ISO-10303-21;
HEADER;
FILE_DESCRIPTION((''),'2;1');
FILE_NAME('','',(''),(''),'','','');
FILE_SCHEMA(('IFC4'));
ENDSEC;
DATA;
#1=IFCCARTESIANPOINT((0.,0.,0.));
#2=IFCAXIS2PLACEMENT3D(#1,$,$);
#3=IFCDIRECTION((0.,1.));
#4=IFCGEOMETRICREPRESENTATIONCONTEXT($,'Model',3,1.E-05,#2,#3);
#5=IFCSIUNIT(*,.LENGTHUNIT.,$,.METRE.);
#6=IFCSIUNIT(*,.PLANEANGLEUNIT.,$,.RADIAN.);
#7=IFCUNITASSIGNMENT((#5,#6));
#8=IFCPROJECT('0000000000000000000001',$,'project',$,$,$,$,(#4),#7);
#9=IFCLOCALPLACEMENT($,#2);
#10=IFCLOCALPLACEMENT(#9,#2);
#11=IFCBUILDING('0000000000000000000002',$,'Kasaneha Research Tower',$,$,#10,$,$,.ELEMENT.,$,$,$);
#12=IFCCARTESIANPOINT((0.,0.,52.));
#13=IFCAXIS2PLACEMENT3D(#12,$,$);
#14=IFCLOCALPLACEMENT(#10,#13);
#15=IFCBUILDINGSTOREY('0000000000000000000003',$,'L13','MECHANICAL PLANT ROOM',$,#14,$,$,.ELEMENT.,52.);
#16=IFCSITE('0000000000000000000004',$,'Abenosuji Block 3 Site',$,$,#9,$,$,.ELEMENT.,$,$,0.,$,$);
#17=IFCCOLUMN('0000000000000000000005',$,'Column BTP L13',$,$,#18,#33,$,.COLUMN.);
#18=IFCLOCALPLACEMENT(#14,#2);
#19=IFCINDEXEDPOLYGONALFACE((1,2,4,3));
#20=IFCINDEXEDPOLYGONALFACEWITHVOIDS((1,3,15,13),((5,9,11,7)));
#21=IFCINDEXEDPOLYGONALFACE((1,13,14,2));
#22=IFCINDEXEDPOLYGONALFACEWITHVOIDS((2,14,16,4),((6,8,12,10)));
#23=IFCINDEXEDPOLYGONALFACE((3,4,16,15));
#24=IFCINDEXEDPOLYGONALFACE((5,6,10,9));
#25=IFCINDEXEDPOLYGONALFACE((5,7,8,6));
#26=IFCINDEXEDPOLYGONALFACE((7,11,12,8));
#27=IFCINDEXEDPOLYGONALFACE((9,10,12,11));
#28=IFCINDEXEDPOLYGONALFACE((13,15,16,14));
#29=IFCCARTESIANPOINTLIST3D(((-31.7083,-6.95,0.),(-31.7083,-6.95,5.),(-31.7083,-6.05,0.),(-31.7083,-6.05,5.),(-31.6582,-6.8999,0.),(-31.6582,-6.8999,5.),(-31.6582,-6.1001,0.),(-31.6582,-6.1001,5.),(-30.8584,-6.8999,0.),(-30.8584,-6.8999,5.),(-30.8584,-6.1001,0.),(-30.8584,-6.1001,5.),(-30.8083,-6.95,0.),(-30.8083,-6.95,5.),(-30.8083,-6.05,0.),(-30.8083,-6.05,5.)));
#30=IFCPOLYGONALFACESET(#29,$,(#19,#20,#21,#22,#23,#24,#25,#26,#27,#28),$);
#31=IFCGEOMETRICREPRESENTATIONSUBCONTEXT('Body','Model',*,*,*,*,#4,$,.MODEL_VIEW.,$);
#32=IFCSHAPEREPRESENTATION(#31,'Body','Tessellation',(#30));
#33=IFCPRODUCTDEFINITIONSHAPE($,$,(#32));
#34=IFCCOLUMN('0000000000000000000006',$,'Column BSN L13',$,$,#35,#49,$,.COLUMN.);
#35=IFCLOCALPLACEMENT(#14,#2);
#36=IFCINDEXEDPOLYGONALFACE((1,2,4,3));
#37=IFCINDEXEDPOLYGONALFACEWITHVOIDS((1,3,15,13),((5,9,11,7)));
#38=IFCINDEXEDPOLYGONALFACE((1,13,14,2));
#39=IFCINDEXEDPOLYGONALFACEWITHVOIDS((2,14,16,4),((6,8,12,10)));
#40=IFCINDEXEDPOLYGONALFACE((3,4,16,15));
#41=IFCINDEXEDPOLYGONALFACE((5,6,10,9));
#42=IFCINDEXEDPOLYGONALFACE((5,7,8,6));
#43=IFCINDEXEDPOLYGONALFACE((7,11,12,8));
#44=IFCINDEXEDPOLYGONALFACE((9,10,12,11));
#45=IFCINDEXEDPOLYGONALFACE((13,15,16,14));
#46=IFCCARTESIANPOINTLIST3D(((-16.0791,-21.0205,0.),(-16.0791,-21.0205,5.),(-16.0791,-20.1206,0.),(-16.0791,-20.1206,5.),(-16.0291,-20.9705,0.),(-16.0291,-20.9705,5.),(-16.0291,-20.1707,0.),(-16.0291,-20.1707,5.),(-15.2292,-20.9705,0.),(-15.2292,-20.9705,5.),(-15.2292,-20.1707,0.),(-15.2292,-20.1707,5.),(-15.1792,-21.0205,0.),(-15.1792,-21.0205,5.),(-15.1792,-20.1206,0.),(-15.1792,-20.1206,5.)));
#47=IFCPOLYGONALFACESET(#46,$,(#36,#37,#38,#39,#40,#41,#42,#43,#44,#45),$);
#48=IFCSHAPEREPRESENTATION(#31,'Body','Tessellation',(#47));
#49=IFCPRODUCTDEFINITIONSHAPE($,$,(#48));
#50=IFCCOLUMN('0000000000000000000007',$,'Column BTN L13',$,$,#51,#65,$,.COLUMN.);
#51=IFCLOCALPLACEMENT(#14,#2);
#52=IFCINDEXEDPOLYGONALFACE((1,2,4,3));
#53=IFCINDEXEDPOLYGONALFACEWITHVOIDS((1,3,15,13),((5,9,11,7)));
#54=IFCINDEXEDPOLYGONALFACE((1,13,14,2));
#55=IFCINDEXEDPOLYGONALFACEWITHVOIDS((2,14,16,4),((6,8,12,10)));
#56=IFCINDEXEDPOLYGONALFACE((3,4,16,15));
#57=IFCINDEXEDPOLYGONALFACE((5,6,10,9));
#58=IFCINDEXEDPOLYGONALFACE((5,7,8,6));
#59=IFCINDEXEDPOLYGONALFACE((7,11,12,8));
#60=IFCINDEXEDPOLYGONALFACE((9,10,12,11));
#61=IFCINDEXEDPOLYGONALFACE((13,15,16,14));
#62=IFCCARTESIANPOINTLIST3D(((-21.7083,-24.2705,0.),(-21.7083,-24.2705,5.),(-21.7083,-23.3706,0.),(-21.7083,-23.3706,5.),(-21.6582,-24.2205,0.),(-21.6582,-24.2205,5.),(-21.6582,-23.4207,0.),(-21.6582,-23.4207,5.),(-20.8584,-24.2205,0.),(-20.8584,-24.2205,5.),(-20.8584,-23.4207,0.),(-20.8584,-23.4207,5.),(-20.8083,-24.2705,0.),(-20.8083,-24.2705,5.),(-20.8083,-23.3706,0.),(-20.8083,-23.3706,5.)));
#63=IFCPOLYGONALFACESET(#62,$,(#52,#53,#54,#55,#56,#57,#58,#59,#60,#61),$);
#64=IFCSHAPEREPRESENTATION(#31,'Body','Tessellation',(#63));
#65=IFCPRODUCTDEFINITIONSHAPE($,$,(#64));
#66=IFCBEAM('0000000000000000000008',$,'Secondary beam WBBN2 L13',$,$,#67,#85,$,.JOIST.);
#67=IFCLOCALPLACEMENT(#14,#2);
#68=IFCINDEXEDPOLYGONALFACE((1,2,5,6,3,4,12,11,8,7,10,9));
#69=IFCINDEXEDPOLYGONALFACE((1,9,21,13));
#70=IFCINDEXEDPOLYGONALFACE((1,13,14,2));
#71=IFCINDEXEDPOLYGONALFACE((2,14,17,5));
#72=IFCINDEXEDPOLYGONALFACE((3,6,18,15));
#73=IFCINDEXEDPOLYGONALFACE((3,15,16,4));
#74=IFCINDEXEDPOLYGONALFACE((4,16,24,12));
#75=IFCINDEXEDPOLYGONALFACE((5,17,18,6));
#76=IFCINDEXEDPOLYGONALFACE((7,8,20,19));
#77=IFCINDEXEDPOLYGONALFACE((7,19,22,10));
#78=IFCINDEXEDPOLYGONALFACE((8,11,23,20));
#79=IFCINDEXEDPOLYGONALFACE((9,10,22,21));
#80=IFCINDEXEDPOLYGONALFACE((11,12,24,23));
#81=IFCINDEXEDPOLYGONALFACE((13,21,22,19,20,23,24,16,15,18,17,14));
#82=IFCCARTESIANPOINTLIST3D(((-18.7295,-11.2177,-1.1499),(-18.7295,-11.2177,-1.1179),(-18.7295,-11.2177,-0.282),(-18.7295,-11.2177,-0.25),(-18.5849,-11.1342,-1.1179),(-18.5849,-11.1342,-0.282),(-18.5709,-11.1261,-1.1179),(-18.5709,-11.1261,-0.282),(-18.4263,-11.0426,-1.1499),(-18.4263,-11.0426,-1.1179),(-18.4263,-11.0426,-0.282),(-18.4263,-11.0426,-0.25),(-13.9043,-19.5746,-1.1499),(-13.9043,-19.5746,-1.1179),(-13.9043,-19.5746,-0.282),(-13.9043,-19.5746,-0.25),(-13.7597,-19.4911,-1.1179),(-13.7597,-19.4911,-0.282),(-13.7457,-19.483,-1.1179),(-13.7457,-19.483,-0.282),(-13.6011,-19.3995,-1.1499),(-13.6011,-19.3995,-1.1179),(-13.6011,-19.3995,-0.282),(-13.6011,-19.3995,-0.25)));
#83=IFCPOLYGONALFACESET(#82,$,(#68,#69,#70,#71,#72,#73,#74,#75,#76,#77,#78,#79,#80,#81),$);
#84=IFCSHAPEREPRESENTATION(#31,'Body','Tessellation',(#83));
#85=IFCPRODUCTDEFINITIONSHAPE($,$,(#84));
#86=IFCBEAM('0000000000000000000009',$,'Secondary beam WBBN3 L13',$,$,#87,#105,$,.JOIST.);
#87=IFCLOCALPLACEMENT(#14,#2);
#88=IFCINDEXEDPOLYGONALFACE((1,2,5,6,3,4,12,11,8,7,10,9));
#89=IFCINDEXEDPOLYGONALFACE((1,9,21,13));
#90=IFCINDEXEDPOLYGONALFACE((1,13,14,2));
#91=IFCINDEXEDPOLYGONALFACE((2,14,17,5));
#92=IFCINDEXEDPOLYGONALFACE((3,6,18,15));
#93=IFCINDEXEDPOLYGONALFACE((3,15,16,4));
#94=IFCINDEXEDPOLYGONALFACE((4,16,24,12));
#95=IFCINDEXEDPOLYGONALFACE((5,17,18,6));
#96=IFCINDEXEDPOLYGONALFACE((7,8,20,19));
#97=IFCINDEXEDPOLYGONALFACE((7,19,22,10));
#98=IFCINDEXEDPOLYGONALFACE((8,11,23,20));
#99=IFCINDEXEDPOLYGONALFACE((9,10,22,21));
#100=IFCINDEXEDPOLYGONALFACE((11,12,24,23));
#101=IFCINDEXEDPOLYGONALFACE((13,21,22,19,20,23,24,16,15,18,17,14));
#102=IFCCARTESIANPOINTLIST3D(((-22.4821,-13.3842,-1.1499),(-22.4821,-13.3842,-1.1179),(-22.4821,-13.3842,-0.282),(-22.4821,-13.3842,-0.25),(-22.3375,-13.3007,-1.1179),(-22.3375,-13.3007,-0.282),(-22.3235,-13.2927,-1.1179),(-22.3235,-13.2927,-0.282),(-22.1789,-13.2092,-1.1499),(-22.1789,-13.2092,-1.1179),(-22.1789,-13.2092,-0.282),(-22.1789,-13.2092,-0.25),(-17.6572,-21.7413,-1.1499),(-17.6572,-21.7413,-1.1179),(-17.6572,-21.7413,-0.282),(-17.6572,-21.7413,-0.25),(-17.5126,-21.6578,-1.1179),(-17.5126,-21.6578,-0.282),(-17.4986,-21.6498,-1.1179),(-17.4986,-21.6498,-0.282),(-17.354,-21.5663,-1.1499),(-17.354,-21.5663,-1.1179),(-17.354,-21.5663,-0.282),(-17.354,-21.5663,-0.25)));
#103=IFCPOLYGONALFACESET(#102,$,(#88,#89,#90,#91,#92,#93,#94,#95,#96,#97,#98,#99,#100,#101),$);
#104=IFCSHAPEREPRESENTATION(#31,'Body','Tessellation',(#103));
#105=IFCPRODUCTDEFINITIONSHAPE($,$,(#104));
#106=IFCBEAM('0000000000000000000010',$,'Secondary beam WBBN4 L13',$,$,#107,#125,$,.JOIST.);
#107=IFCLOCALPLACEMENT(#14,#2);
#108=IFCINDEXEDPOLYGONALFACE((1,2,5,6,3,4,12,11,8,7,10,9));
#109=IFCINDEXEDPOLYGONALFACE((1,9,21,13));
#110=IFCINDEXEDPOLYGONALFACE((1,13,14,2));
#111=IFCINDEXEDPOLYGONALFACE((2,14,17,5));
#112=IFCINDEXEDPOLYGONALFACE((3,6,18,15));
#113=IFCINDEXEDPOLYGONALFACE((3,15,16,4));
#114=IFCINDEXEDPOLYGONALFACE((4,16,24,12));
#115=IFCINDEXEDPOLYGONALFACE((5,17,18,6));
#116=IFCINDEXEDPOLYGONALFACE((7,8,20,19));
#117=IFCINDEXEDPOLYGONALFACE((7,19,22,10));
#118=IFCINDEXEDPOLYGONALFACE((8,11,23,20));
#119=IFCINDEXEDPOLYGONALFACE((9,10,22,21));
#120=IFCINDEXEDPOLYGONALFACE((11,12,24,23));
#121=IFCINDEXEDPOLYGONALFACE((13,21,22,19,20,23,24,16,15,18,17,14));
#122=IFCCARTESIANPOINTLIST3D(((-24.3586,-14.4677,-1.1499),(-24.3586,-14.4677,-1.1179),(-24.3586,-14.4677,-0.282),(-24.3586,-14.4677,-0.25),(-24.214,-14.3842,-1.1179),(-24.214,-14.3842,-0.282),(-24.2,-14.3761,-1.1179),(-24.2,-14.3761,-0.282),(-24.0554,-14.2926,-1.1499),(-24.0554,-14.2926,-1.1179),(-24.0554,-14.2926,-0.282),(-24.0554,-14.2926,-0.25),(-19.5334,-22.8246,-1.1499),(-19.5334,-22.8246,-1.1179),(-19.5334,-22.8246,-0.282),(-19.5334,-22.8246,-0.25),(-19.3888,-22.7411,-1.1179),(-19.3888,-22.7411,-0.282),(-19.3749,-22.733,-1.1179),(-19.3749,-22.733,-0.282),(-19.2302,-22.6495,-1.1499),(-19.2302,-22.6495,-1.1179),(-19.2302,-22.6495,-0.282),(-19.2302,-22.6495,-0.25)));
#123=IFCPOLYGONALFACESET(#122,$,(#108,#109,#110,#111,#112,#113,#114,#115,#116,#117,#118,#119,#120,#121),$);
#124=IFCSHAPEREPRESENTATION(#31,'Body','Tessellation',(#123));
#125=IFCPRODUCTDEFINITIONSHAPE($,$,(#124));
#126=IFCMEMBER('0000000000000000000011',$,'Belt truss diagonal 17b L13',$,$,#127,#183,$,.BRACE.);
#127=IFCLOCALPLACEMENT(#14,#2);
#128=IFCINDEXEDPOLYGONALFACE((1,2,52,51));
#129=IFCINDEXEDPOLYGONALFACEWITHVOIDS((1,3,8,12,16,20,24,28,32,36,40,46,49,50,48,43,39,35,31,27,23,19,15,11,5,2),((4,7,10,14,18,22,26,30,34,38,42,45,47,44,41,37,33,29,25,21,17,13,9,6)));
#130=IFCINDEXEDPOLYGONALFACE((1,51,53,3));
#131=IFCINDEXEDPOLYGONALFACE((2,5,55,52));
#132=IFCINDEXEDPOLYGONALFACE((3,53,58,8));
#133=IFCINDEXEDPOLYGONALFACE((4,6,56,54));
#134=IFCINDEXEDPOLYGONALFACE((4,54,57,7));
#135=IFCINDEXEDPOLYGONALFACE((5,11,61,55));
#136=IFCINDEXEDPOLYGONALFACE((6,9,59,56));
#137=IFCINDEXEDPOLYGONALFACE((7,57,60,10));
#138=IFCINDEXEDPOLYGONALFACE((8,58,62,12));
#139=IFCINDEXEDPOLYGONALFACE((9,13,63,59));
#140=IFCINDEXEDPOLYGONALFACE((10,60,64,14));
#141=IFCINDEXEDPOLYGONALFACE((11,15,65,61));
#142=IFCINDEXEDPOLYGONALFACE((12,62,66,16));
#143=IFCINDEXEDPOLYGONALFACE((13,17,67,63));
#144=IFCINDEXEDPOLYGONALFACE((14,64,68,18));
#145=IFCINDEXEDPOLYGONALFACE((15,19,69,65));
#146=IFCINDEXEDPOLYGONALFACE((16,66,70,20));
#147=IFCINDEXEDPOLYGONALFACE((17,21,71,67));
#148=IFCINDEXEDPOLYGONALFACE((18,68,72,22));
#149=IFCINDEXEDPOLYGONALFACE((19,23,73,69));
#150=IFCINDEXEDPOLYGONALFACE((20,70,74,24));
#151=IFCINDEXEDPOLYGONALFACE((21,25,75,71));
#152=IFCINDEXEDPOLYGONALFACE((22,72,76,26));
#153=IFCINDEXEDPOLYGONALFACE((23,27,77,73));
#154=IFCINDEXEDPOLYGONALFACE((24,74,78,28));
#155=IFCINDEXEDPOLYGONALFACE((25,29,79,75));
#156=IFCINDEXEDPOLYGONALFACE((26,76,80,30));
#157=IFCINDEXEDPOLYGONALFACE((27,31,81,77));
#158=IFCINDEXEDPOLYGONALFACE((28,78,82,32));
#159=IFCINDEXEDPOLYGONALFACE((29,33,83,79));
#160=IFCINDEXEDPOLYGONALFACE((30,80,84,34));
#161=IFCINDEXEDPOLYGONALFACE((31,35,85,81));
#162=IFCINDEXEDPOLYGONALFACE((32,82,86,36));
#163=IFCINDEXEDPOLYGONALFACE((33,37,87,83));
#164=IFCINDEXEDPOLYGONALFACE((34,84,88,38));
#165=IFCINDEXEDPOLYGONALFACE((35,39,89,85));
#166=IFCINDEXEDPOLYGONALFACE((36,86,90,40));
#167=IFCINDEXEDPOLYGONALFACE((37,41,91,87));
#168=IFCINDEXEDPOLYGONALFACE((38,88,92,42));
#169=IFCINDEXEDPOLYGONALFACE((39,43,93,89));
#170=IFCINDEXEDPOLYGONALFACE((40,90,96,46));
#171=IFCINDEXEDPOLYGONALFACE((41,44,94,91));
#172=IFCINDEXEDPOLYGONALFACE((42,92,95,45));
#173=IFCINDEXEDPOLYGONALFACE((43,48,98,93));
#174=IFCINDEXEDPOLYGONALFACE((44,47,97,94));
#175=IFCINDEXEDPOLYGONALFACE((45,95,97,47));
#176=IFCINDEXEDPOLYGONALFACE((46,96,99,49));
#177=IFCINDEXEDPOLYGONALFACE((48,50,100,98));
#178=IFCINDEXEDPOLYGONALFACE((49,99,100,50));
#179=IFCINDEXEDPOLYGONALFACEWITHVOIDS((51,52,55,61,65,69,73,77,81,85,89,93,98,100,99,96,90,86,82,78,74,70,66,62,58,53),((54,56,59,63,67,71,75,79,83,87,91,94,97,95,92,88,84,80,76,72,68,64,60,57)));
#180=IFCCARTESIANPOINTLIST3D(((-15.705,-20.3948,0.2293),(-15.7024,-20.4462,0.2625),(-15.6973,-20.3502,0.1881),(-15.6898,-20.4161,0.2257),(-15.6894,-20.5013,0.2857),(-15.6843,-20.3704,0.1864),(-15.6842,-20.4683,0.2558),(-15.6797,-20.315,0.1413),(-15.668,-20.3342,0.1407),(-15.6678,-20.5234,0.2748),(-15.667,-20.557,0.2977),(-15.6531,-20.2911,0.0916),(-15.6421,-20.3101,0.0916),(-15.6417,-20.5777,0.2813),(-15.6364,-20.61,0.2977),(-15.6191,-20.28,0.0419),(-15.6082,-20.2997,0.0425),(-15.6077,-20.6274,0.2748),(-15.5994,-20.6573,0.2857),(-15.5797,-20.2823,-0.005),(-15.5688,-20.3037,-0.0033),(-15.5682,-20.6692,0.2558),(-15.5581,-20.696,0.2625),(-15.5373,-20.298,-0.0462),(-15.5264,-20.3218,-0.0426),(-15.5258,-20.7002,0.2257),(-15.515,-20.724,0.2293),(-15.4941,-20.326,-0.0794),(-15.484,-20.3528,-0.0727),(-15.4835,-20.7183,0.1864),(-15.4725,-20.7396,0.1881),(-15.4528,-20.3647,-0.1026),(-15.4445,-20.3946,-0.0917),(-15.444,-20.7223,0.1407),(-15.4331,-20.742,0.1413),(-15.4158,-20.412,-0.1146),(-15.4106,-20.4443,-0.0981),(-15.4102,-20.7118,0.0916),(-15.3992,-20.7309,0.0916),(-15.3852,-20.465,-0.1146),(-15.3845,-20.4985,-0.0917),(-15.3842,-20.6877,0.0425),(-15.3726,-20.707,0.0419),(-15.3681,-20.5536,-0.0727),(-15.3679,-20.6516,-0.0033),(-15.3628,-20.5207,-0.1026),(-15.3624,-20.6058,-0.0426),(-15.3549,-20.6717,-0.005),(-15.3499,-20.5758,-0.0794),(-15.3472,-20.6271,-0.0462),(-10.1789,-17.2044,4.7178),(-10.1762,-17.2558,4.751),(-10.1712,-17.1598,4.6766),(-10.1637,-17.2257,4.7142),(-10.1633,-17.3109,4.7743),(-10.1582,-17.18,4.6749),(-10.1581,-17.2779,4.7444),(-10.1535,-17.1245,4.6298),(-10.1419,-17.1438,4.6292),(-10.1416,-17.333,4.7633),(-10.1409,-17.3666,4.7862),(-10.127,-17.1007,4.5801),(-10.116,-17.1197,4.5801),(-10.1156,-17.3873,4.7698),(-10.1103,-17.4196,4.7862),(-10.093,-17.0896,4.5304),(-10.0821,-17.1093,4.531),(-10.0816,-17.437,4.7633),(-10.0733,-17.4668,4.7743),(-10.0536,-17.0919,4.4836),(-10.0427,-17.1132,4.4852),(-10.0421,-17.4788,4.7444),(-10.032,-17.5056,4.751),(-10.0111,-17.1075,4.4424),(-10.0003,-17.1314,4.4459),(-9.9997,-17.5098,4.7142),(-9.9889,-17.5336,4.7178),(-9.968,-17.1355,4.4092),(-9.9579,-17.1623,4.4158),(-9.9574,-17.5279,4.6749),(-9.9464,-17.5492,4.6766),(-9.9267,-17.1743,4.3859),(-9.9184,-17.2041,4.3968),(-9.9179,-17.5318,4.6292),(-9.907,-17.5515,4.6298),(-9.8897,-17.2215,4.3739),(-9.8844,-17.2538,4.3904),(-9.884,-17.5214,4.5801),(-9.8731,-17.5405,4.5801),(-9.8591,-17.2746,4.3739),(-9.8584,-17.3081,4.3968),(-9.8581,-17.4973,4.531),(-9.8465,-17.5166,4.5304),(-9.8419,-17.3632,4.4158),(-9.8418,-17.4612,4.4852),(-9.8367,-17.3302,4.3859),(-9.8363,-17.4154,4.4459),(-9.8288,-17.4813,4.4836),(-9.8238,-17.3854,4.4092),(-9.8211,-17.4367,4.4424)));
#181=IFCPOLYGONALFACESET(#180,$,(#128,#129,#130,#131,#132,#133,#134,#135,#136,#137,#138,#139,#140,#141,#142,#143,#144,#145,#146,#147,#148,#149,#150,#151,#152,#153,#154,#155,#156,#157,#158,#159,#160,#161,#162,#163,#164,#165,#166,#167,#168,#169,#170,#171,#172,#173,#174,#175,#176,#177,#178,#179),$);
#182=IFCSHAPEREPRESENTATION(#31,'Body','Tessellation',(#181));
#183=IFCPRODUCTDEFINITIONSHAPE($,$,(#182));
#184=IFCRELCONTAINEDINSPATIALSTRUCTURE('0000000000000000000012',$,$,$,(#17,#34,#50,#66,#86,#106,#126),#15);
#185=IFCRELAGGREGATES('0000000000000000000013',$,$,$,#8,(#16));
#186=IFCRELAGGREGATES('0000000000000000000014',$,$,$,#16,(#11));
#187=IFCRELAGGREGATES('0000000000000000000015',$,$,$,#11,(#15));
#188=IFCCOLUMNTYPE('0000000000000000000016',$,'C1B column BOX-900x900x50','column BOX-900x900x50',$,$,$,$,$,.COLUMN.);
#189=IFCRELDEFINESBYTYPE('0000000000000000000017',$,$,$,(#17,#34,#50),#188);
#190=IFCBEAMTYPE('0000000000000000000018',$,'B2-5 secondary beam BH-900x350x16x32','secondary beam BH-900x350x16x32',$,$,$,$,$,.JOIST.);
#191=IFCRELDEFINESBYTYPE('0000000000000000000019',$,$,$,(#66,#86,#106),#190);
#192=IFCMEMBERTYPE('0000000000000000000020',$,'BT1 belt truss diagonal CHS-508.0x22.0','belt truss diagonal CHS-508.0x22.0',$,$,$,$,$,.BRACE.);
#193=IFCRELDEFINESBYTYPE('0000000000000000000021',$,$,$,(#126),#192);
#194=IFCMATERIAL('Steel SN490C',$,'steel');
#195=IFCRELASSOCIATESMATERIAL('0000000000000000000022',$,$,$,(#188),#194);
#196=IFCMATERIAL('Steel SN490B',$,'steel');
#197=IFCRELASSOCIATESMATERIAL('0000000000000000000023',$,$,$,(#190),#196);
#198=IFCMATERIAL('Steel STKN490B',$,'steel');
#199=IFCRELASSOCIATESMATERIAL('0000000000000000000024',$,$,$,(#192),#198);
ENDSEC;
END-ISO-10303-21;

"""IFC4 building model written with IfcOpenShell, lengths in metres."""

from ifc_helpers import new_model, si_unit, direction, frame, origin, origin_2d, place, context, subcontext, project, spatial, hollow_rectangle, hollow_circle, i_section, extrude, material, material_profile, profile_set, type_object, element, save


model = new_model("IFC4")

# Units and contexts
model_context = context("Model", 3, precision=1e-05, world=origin(), true_north=direction((0.0, 1.0)))
body_context = subcontext(model_context, "Body", "Model", "MODEL_VIEW")
ifc_project = project(units=[si_unit("LENGTHUNIT", "METRE"), si_unit("PLANEANGLEUNIT", "RADIAN")], contexts=[model_context])

# Site, building, storey
site_placement = place(None, origin())
site = spatial("IfcSite", under=ifc_project, at=site_placement, Name="Abenosuji Block 3 Site", CompositionType="ELEMENT", RefElevation=0.0)
building_placement = place(site_placement, origin())
building = spatial("IfcBuilding", under=site, at=building_placement, Name="Kasaneha Research Tower", CompositionType="ELEMENT")
storey_placement = place(building_placement, frame((0.0, 0.0, 52.0)))
storey = spatial("IfcBuildingStorey", under=building, at=storey_placement, Name="L13", Description="MECHANICAL PLANT ROOM", CompositionType="ELEMENT", Elevation=52.0)

# Columns
ifc_material_1 = material(Name="Steel SN490C", Category="steel")
ifc_material_profile_1 = material_profile(ifc_material_1, hollow_rectangle(XDim=0.8999, YDim=0.8999, WallThickness=0.05, at=origin_2d()), Name="BOX-900x900x50")
ifc_profile_set_1 = profile_set([ifc_material_profile_1], Name="Steel SN490C")
column_type = type_object("IfcColumnType", Name="C1B column BOX-900x900x50", Description="column BOX-900x900x50", PredefinedType="COLUMN", material=ifc_profile_set_1)
for number, where, z_axis, x_axis, name in (
    (1, (-31.2583, -6.5, 0.0), (0.0, 0.0, 1.0), (1.0, 0.0, 0.0), "Column BTP L13"),
    (2, (-15.6292, -20.5706, 0.0), (0.0, 0.0, 1.0), (1.0, 0.0, 0.0), "Column BSN L13"),
    (3, (-21.2583, -23.8206, 0.0), (0.0, 0.0, 1.0), (1.0, 0.0, 0.0), "Column BTN L13"),
):
    element("IfcColumn", number, at=place(storey_placement, frame(where, z_axis=z_axis, x_axis=x_axis)), inside=storey, type_object=column_type, Name=name, PredefinedType="COLUMN", context=body_context, shape_type="SweptSolid", body=[
        extrude(hollow_rectangle(XDim=0.8999, YDim=0.8999, WallThickness=0.05, at=origin_2d()), origin(), (0.0, 0.0, 1.0), 5.0),
    ])

# Beams
ifc_material_2 = material(Name="Steel SN490B", Category="steel")
ifc_material_profile_2 = material_profile(ifc_material_2, i_section(OverallWidth=0.3501, OverallDepth=0.8999, WebThickness=0.0161, FlangeThickness=0.032, at=origin_2d()), Name="BH-900x350x16x32")
ifc_profile_set_2 = profile_set([ifc_material_profile_2], Name="Steel SN490B")
beam_type_1 = type_object("IfcBeamType", Name="B2-5 secondary beam BH-900x350x16x32", Description="secondary beam BH-900x350x16x32", PredefinedType="JOIST", material=ifc_profile_set_2)
for number, where, z_axis, x_axis, name in (
    (4, (-13.7527, -19.4871, -0.7), (-0.500025, 0.866011, 0.0), (-0.866011, -0.500025, 0.0), "Secondary beam WBBN2 L13"),
    (5, (-17.5056, -21.6538, -0.7), (-0.499995, 0.866028, 0.0), (-0.866028, -0.499995, 0.0), "Secondary beam WBBN3 L13"),
    (6, (-19.3818, -22.7371, -0.7), (-0.500025, 0.866011, 0.0), (-0.866011, -0.500025, 0.0), "Secondary beam WBBN4 L13"),
):
    element("IfcBeam", number, at=place(storey_placement, frame(where, z_axis=z_axis, x_axis=x_axis)), inside=storey, type_object=beam_type_1, Name=name, PredefinedType="JOIST", context=body_context, shape_type="SweptSolid", body=[
        extrude(i_section(OverallWidth=0.3501, OverallDepth=0.8999, WebThickness=0.0161, FlangeThickness=0.032, at=origin_2d()), origin(), (0.0, 0.0, 1.0), 9.6499),
    ])

# Member
ifc_material_3 = material(Name="Steel STKN490B", Category="steel")
ifc_material_profile_3 = material_profile(ifc_material_3, hollow_circle(Radius=0.2539, WallThickness=0.022, at=origin_2d()), Name="CHS-508.0x22.0")
ifc_profile_set_3 = profile_set([ifc_material_profile_3], Name="Steel STKN490B")
member_type = type_object("IfcMemberType", Name="BT1 belt truss diagonal CHS-508.0x22.0", Description="belt truss diagonal CHS-508.0x22.0", PredefinedType="BRACE", material=ifc_profile_set_3)
member_1_placement = place(storey_placement, frame((-15.5261, -20.511, 0.0916), z_axis=(0.708339, 0.40895, 0.57534), x_axis=(-0.499991, 0.866031, 0.0)))
element("IfcMember", 7, at=member_1_placement, inside=storey, type_object=member_type, Name="Belt truss diagonal 17b L13", PredefinedType="BRACE", context=body_context, shape_type="SweptSolid", body=[
    extrude(hollow_circle(Radius=0.2539, WallThickness=0.022, at=origin_2d()), origin(), (0.0, 0.0, 1.0), 7.8015),
])

save(model, "model.ifc")
